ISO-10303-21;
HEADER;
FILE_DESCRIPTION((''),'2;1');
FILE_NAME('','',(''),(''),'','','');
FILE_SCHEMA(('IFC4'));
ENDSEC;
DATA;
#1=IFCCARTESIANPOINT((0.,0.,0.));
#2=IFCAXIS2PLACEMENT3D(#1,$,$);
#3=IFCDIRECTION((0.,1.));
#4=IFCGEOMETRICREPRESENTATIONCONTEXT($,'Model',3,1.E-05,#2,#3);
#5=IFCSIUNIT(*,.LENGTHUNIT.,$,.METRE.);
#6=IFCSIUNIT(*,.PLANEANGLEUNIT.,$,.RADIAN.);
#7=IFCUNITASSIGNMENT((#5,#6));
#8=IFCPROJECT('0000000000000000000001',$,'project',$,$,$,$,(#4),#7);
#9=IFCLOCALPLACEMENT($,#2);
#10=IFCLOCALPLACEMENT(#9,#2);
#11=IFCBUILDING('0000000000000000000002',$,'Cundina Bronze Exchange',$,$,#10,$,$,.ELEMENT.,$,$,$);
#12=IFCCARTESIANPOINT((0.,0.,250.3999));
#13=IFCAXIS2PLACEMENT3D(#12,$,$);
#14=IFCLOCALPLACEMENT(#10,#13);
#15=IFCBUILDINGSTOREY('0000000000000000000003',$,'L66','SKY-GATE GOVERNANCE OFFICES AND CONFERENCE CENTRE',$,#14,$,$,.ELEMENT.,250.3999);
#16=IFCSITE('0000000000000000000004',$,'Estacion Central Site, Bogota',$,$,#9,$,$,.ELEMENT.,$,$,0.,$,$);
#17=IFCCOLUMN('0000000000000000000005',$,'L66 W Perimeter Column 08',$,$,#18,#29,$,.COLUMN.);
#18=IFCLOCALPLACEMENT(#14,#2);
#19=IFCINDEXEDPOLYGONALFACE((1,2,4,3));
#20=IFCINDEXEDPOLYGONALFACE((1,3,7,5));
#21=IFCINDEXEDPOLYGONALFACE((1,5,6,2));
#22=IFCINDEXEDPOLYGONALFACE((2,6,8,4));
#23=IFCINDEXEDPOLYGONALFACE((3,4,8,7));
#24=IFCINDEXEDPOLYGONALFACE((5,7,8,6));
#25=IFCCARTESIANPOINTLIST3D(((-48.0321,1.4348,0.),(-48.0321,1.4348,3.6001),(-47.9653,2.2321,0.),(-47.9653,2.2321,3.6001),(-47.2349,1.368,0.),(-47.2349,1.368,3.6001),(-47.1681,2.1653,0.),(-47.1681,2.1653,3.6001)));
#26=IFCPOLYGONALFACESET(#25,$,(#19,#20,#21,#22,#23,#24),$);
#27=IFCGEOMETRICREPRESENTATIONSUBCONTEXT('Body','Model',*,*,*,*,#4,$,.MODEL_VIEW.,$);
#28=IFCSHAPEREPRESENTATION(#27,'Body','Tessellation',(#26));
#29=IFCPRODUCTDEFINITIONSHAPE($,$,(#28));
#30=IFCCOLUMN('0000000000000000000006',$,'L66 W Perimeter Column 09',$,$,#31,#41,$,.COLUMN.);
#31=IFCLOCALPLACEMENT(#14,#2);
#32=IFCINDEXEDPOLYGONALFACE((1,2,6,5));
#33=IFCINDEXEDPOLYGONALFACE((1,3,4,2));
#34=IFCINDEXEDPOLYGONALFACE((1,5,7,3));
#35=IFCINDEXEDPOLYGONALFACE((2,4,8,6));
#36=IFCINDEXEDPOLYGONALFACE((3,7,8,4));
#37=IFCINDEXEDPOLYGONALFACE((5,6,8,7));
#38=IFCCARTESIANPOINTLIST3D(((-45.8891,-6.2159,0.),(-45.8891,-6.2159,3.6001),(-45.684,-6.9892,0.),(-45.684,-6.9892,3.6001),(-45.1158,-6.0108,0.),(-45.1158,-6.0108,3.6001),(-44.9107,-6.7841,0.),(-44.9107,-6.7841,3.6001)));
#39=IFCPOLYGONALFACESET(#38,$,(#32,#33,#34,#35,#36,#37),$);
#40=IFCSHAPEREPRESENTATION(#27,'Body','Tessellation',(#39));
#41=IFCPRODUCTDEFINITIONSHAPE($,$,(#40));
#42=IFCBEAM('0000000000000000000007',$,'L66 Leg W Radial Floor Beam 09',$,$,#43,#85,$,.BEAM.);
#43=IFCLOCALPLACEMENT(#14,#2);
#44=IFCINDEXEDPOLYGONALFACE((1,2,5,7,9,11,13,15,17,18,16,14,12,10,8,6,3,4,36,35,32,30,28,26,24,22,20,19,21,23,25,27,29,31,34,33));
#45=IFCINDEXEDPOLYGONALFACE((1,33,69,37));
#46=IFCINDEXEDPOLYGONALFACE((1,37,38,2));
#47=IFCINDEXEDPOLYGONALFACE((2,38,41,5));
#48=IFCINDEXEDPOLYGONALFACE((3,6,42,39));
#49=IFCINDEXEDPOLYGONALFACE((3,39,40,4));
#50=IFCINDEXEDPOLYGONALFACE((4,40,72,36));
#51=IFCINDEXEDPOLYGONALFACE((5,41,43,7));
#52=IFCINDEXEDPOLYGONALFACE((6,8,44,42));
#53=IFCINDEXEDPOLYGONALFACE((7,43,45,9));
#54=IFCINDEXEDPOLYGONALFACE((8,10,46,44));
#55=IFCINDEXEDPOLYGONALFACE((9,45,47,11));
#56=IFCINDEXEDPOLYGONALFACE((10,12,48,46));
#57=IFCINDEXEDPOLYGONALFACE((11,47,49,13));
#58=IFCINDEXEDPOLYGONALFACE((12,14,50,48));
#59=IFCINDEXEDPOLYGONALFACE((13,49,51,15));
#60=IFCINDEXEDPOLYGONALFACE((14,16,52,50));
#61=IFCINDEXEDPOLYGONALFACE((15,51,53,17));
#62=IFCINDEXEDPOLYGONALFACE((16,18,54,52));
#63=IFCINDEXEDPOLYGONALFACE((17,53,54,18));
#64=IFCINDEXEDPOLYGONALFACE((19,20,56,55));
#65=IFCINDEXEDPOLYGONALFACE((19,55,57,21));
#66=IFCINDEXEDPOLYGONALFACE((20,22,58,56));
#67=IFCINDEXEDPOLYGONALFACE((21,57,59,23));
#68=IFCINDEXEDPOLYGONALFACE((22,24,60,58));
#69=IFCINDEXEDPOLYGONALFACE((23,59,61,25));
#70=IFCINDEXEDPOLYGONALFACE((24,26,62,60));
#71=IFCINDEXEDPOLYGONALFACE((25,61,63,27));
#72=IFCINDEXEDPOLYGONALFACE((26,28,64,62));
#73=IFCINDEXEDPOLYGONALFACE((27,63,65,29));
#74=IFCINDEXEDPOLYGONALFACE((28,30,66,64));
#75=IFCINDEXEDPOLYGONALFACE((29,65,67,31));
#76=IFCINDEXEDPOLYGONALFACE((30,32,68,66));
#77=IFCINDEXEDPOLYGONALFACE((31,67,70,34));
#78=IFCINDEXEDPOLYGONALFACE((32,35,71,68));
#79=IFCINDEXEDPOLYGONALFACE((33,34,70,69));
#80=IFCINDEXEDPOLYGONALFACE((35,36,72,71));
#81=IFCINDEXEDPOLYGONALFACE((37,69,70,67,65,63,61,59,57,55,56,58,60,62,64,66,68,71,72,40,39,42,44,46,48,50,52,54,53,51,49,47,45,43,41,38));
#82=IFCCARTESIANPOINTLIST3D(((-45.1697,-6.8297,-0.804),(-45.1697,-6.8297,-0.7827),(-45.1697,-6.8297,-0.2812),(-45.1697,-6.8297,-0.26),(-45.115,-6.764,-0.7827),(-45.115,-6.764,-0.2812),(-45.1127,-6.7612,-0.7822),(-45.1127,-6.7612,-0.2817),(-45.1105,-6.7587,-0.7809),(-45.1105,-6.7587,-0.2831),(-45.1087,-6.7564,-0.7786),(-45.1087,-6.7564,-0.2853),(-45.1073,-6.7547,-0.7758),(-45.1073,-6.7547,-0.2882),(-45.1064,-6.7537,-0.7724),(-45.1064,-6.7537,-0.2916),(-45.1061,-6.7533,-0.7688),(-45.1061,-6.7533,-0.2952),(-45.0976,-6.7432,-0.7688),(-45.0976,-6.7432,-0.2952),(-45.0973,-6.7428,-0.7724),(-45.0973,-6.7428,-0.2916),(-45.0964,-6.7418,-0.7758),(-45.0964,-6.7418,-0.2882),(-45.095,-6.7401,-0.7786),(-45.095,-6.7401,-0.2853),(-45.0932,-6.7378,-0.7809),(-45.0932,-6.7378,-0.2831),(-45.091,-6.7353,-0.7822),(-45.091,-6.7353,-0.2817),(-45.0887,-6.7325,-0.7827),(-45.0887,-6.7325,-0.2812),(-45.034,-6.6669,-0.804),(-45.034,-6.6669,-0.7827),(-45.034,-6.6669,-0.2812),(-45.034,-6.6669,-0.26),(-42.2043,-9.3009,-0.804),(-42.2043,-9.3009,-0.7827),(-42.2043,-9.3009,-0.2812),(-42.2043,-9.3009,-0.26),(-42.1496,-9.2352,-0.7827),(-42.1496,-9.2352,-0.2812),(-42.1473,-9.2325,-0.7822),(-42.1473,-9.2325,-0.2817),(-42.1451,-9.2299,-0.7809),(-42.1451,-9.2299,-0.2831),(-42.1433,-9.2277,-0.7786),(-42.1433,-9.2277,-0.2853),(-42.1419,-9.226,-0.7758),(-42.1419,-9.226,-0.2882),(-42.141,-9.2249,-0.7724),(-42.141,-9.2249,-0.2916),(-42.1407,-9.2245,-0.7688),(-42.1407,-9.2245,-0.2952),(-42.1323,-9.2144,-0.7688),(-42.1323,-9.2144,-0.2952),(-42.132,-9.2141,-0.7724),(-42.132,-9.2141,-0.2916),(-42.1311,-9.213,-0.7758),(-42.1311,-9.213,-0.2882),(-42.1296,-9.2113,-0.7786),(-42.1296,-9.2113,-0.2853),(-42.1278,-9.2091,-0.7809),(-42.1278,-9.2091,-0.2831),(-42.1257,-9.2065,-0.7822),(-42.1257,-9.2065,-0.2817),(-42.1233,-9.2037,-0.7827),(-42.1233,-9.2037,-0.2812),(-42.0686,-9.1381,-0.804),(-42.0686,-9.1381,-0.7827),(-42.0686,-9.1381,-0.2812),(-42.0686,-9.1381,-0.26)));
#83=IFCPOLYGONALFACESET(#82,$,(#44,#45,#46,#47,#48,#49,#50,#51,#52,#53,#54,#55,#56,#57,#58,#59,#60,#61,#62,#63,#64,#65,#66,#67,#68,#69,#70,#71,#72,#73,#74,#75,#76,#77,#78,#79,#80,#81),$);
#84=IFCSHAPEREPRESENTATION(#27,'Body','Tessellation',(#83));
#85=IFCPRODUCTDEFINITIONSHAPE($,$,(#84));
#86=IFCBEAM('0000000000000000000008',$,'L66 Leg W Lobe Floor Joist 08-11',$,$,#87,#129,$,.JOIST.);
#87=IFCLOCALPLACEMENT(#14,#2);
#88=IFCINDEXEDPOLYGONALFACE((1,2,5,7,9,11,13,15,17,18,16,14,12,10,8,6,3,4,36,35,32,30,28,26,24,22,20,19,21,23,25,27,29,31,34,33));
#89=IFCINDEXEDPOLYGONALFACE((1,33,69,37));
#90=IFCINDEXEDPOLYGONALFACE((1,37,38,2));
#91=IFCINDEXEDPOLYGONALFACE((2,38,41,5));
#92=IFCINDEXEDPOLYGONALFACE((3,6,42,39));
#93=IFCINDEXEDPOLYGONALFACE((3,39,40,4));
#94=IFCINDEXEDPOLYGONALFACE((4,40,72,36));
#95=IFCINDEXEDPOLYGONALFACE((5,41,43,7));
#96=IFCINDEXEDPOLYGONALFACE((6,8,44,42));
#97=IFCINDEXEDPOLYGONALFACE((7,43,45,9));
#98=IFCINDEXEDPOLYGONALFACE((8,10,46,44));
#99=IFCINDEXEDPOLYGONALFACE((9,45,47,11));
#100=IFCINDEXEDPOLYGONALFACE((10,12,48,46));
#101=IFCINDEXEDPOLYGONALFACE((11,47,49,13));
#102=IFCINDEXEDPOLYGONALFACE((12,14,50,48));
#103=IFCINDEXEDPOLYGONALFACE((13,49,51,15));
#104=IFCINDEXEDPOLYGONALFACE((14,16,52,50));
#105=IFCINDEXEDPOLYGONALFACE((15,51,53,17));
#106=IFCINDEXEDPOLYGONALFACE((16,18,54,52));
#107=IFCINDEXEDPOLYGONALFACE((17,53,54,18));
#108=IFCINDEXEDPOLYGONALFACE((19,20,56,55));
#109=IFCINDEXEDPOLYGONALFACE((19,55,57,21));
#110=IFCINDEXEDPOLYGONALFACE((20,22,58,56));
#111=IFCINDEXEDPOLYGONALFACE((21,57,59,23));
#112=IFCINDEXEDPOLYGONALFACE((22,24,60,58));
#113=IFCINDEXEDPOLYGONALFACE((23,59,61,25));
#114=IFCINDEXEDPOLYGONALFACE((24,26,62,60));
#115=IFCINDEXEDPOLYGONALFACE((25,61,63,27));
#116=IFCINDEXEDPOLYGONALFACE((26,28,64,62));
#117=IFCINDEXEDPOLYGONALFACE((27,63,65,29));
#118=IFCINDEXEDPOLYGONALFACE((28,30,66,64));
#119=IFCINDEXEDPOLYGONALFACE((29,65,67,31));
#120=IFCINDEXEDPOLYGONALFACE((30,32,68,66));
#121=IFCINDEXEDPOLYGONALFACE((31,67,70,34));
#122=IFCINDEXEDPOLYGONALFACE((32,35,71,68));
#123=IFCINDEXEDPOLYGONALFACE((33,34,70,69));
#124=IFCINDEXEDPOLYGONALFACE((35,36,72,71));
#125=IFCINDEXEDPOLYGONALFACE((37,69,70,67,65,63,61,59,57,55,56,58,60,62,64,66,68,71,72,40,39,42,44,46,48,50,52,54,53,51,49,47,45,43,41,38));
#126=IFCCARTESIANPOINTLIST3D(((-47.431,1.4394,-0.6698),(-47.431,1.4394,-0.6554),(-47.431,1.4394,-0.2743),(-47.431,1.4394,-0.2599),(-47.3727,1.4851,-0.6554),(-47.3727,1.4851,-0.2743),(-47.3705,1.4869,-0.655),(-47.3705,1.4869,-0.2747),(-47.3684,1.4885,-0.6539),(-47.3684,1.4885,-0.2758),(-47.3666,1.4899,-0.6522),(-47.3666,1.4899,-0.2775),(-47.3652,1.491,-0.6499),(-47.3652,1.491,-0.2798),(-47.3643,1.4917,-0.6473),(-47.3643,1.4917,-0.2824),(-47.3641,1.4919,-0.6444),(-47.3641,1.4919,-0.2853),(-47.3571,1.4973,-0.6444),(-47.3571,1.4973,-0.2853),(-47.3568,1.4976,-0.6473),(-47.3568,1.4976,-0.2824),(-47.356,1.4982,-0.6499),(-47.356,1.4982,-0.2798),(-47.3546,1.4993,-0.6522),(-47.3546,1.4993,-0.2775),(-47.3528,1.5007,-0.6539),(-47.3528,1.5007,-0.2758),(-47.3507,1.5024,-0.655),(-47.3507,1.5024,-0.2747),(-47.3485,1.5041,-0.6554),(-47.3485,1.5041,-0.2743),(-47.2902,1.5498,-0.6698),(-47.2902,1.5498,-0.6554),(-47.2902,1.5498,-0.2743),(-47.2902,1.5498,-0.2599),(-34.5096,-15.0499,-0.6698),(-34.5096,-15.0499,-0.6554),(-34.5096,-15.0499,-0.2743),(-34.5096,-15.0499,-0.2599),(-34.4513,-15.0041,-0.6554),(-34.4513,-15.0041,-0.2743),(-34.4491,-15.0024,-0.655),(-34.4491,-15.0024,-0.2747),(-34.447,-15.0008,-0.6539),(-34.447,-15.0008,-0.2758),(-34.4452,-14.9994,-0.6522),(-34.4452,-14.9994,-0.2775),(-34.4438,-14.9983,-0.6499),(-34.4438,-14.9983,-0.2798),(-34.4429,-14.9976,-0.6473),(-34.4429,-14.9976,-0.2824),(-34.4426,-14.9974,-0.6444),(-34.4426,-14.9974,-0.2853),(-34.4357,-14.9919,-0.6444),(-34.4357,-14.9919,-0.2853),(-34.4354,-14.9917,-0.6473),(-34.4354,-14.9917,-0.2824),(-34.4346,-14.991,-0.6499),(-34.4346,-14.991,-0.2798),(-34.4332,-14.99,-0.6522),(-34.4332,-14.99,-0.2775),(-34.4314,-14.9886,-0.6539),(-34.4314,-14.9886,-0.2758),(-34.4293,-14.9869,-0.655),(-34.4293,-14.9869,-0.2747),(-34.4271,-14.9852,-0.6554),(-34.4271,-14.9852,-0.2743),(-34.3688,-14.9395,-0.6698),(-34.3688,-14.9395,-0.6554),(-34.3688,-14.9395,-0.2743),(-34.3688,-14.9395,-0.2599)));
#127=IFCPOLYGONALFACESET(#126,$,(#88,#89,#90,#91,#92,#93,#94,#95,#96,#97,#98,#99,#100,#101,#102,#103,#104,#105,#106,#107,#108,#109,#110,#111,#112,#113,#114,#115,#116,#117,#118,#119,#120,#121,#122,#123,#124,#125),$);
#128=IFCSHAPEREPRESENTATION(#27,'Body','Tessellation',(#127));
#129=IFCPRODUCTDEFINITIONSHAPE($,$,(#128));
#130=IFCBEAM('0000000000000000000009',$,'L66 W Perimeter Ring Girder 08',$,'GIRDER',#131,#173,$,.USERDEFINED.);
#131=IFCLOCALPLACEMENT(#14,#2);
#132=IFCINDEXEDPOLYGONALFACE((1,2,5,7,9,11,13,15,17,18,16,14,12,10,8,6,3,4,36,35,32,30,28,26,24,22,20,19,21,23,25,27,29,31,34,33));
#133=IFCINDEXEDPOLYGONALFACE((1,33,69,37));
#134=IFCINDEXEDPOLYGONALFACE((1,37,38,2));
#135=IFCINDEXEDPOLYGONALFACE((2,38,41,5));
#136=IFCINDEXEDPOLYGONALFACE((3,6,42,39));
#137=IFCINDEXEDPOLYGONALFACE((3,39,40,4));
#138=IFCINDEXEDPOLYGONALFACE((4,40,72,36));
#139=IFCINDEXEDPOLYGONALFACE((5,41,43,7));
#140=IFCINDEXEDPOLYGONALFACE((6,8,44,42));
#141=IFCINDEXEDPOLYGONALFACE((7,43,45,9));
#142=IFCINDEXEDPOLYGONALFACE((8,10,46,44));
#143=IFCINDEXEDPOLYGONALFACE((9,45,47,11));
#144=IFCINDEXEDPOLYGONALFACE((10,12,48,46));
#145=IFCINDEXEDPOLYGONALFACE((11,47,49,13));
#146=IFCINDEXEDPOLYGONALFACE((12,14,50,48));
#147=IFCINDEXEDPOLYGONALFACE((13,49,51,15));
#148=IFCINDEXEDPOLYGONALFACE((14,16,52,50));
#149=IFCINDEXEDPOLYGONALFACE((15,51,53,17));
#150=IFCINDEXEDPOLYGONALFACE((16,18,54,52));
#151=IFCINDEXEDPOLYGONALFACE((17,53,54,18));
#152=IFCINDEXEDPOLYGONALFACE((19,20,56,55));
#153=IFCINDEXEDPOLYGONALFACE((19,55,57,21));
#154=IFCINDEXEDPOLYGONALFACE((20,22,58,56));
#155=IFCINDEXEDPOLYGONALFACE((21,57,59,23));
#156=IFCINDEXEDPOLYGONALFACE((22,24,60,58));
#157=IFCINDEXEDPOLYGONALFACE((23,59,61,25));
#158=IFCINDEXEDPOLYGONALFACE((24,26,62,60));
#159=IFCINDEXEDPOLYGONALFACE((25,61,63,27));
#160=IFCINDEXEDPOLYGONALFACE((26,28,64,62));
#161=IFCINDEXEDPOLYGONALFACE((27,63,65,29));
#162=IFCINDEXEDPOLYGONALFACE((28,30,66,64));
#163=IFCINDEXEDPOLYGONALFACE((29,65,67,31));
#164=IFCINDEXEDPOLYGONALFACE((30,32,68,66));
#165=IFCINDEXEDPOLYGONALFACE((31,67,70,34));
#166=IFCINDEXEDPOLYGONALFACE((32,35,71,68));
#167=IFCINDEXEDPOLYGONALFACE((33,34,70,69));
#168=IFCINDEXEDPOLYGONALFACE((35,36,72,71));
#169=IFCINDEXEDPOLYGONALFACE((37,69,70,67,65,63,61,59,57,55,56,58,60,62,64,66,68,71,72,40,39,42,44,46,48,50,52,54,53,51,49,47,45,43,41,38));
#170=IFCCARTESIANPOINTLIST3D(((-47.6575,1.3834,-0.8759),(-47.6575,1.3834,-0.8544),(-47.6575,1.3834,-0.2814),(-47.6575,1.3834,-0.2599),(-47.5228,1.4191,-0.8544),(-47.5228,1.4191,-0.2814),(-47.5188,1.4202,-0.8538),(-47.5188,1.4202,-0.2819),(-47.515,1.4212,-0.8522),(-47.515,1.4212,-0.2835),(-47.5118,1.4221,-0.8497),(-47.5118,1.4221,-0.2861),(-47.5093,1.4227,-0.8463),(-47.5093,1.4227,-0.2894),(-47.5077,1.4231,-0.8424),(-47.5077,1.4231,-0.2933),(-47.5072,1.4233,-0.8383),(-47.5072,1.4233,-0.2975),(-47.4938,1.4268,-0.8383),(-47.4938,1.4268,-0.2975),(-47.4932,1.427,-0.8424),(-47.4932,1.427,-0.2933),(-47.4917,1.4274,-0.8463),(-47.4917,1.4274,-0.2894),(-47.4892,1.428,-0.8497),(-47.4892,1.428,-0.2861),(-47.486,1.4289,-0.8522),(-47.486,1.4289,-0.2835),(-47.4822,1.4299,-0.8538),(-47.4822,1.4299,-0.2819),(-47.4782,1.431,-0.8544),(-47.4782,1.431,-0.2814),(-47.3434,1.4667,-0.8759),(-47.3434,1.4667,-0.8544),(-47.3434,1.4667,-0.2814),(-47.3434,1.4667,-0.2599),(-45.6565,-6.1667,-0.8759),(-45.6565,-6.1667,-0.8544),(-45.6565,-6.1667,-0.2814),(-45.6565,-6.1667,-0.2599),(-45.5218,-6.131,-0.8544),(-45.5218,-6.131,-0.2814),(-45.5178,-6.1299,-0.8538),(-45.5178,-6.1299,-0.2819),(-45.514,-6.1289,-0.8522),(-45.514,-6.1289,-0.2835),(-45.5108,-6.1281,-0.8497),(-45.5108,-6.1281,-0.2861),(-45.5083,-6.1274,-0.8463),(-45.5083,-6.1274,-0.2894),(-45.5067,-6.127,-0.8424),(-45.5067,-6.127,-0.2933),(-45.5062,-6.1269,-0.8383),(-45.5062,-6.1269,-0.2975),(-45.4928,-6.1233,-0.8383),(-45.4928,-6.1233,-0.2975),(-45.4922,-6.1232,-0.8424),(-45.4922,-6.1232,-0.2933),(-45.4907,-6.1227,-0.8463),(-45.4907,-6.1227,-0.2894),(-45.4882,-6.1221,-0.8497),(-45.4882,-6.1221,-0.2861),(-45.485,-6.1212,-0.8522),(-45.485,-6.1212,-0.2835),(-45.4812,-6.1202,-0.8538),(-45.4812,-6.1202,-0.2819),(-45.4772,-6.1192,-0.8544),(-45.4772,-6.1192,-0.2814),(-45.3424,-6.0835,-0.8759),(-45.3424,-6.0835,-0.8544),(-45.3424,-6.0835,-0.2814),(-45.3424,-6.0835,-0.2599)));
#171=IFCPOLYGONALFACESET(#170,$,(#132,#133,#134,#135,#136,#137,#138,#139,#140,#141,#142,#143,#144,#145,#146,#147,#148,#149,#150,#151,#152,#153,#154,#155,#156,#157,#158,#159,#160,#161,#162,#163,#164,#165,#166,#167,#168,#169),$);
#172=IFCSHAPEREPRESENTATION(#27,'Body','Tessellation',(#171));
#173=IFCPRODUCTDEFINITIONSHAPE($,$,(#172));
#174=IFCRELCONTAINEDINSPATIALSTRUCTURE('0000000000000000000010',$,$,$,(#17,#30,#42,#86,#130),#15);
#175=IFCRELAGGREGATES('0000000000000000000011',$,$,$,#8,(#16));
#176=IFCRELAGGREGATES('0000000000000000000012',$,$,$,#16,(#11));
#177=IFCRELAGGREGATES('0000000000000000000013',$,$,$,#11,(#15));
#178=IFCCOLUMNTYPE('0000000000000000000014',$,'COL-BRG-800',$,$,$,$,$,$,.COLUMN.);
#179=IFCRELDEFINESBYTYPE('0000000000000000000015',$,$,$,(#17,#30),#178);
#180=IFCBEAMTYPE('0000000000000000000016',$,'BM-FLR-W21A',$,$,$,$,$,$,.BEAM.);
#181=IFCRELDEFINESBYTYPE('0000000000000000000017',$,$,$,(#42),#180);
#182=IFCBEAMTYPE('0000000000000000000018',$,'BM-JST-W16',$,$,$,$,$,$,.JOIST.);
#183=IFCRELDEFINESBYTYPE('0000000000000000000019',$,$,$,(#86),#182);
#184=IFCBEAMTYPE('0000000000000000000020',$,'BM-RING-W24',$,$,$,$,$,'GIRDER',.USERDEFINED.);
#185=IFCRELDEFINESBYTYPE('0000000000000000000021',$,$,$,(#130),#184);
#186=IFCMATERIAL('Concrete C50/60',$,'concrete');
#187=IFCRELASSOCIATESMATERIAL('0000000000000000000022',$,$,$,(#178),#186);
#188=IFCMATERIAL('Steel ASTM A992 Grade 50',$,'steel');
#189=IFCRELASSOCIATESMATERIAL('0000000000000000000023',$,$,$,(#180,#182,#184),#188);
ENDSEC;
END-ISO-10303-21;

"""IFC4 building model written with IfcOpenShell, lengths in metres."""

from ifc_helpers import new_model, si_unit, direction, frame, origin, origin_2d, place, context, subcontext, project, spatial, rectangle, i_section, extrude, material, material_profile, profile_set, type_object, element, save


model = new_model("IFC4")

# Units and contexts
model_context = context("Model", 3, precision=1e-05, world=origin(), true_north=direction((0.0, 1.0)))
body_context = subcontext(model_context, "Body", "Model", "MODEL_VIEW")
ifc_project = project(units=[si_unit("LENGTHUNIT", "METRE"), si_unit("PLANEANGLEUNIT", "RADIAN")], contexts=[model_context])

# Site, building, storey
site_placement = place(None, origin())
site = spatial("IfcSite", under=ifc_project, at=site_placement, Name="Estacion Central Site, Bogota", CompositionType="ELEMENT", RefElevation=0.0)
building_placement = place(site_placement, origin())
building = spatial("IfcBuilding", under=site, at=building_placement, Name="Cundina Bronze Exchange", CompositionType="ELEMENT")
storey_placement = place(building_placement, frame((0.0, 0.0, 250.3999)))
storey = spatial("IfcBuildingStorey", under=building, at=storey_placement, Name="L66", Description="SKY-GATE GOVERNANCE OFFICES AND CONFERENCE CENTRE", CompositionType="ELEMENT", Elevation=250.3999)

# Columns
ifc_material_1 = material(Name="Concrete C50/60", Category="concrete")
ifc_material_profile_1 = material_profile(ifc_material_1, rectangle(XDim=0.8, YDim=0.8, at=origin_2d()), Name="RC800X800", Category="concrete")
ifc_profile_set_1 = profile_set([ifc_material_profile_1], Name="Concrete C50/60")
column_type = type_object("IfcColumnType", Name="COL-BRG-800", PredefinedType="COLUMN", material=ifc_profile_set_1)
for number, where, z_axis, x_axis, name in (
    (1, (-47.6001, 1.8, 0.0), (0.0, 0.0, 1.0), (-0.083504, -0.996507, 0.0), "L66 W Perimeter Column 08"),
    (2, (-45.3999, -6.5, 0.0), (0.0, 0.0, 1.0), (0.256289, -0.9666, 0.0), "L66 W Perimeter Column 09"),
):
    element("IfcColumn", number, at=place(storey_placement, frame(where, z_axis=z_axis, x_axis=x_axis)), inside=storey, type_object=column_type, Name=name, PredefinedType="COLUMN", context=body_context, shape_type="SweptSolid", body=[
        extrude(rectangle(XDim=0.8, YDim=0.8, at=origin_2d()), origin(), (0.0, 0.0, 1.0), 3.6001),
    ])

# Beams
ifc_material_2 = material(Name="Steel ASTM A992 Grade 50", Category="steel")
ifc_material_profile_2 = material_profile(ifc_material_2, i_section(OverallWidth=0.2119, OverallDepth=0.5439, WebThickness=0.0132, FlangeThickness=0.0212, FilletRadius=0.0139, at=origin_2d()), Name="W21X83", Category="steel")
ifc_profile_set_2 = profile_set([ifc_material_profile_2], Name="Steel ASTM A992 Grade 50")
beam_type_1 = type_object("IfcBeamType", Name="BM-FLR-W21A", PredefinedType="BEAM", material=ifc_profile_set_2)
beam_1_placement = place(storey_placement, frame((-42.1365, -9.2195, -0.532), z_axis=(-0.768211, 0.640197, 0.0), x_axis=(-0.640197, -0.768211, 0.0)))
element("IfcBeam", 3, at=beam_1_placement, inside=storey, type_object=beam_type_1, Name="L66 Leg W Radial Floor Beam 09", PredefinedType="BEAM", context=body_context, shape_type="SweptSolid", body=[
    extrude(i_section(OverallWidth=0.2119, OverallDepth=0.5439, WebThickness=0.0132, FlangeThickness=0.0212, FilletRadius=0.0139, at=origin_2d()), origin(), (0.0, 0.0, 1.0), 3.8601),
])
ifc_material_profile_3 = material_profile(ifc_material_2, i_section(OverallWidth=0.179, OverallDepth=0.4099, WebThickness=0.0088, FlangeThickness=0.0144, FilletRadius=0.011, at=origin_2d()), Name="W16X45", Category="steel")
ifc_profile_set_3 = profile_set([ifc_material_profile_3], Name="Steel ASTM A992 Grade 50")
beam_type_2 = type_object("IfcBeamType", Name="BM-JST-W16", PredefinedType="JOIST", material=ifc_profile_set_3)
beam_2_placement = place(storey_placement, frame((-47.3606, 1.4946, -0.4648), z_axis=(0.616804, -0.787117, 0.0), x_axis=(0.787117, 0.616804, 0.0)))
element("IfcBeam", 4, at=beam_2_placement, inside=storey, type_object=beam_type_2, Name="L66 Leg W Lobe Floor Joist 08-11", PredefinedType="JOIST", context=body_context, shape_type="SweptSolid", body=[
    extrude(i_section(OverallWidth=0.179, OverallDepth=0.4099, WebThickness=0.0088, FlangeThickness=0.0144, FilletRadius=0.011, at=origin_2d()), origin(), (0.0, 0.0, 1.0), 20.949),
])
ifc_material_profile_4 = material_profile(ifc_material_2, i_section(OverallWidth=0.325, OverallDepth=0.616, WebThickness=0.0139, FlangeThickness=0.0215, FilletRadius=0.0161, at=origin_2d()), Name="W24X117", Category="steel")
ifc_profile_set_4 = profile_set([ifc_material_profile_4], Name="Steel ASTM A992 Grade 50")
beam_type_3 = type_object("IfcBeamType", Name="BM-RING-W24", ElementType="GIRDER", PredefinedType="USERDEFINED", material=ifc_profile_set_4)
for number, where, z_axis, x_axis, name in (
    (5, (-47.5005, 1.425, -0.5679), (0.256184, -0.966628, 0.0), (0.966628, 0.256184, 0.0), "L66 W Perimeter Ring Girder 08"),
):
    element("IfcBeam", number, at=place(storey_placement, frame(where, z_axis=z_axis, x_axis=x_axis)), inside=storey, type_object=beam_type_3, Name=name, ObjectType="GIRDER", PredefinedType="USERDEFINED", context=body_context, shape_type="SweptSolid", body=[
        extrude(i_section(OverallWidth=0.325, OverallDepth=0.616, WebThickness=0.0139, FlangeThickness=0.0215, FilletRadius=0.0161, at=origin_2d()), origin(), (0.0, 0.0, 1.0), 7.8108),
    ])

save(model, "model.ifc")
